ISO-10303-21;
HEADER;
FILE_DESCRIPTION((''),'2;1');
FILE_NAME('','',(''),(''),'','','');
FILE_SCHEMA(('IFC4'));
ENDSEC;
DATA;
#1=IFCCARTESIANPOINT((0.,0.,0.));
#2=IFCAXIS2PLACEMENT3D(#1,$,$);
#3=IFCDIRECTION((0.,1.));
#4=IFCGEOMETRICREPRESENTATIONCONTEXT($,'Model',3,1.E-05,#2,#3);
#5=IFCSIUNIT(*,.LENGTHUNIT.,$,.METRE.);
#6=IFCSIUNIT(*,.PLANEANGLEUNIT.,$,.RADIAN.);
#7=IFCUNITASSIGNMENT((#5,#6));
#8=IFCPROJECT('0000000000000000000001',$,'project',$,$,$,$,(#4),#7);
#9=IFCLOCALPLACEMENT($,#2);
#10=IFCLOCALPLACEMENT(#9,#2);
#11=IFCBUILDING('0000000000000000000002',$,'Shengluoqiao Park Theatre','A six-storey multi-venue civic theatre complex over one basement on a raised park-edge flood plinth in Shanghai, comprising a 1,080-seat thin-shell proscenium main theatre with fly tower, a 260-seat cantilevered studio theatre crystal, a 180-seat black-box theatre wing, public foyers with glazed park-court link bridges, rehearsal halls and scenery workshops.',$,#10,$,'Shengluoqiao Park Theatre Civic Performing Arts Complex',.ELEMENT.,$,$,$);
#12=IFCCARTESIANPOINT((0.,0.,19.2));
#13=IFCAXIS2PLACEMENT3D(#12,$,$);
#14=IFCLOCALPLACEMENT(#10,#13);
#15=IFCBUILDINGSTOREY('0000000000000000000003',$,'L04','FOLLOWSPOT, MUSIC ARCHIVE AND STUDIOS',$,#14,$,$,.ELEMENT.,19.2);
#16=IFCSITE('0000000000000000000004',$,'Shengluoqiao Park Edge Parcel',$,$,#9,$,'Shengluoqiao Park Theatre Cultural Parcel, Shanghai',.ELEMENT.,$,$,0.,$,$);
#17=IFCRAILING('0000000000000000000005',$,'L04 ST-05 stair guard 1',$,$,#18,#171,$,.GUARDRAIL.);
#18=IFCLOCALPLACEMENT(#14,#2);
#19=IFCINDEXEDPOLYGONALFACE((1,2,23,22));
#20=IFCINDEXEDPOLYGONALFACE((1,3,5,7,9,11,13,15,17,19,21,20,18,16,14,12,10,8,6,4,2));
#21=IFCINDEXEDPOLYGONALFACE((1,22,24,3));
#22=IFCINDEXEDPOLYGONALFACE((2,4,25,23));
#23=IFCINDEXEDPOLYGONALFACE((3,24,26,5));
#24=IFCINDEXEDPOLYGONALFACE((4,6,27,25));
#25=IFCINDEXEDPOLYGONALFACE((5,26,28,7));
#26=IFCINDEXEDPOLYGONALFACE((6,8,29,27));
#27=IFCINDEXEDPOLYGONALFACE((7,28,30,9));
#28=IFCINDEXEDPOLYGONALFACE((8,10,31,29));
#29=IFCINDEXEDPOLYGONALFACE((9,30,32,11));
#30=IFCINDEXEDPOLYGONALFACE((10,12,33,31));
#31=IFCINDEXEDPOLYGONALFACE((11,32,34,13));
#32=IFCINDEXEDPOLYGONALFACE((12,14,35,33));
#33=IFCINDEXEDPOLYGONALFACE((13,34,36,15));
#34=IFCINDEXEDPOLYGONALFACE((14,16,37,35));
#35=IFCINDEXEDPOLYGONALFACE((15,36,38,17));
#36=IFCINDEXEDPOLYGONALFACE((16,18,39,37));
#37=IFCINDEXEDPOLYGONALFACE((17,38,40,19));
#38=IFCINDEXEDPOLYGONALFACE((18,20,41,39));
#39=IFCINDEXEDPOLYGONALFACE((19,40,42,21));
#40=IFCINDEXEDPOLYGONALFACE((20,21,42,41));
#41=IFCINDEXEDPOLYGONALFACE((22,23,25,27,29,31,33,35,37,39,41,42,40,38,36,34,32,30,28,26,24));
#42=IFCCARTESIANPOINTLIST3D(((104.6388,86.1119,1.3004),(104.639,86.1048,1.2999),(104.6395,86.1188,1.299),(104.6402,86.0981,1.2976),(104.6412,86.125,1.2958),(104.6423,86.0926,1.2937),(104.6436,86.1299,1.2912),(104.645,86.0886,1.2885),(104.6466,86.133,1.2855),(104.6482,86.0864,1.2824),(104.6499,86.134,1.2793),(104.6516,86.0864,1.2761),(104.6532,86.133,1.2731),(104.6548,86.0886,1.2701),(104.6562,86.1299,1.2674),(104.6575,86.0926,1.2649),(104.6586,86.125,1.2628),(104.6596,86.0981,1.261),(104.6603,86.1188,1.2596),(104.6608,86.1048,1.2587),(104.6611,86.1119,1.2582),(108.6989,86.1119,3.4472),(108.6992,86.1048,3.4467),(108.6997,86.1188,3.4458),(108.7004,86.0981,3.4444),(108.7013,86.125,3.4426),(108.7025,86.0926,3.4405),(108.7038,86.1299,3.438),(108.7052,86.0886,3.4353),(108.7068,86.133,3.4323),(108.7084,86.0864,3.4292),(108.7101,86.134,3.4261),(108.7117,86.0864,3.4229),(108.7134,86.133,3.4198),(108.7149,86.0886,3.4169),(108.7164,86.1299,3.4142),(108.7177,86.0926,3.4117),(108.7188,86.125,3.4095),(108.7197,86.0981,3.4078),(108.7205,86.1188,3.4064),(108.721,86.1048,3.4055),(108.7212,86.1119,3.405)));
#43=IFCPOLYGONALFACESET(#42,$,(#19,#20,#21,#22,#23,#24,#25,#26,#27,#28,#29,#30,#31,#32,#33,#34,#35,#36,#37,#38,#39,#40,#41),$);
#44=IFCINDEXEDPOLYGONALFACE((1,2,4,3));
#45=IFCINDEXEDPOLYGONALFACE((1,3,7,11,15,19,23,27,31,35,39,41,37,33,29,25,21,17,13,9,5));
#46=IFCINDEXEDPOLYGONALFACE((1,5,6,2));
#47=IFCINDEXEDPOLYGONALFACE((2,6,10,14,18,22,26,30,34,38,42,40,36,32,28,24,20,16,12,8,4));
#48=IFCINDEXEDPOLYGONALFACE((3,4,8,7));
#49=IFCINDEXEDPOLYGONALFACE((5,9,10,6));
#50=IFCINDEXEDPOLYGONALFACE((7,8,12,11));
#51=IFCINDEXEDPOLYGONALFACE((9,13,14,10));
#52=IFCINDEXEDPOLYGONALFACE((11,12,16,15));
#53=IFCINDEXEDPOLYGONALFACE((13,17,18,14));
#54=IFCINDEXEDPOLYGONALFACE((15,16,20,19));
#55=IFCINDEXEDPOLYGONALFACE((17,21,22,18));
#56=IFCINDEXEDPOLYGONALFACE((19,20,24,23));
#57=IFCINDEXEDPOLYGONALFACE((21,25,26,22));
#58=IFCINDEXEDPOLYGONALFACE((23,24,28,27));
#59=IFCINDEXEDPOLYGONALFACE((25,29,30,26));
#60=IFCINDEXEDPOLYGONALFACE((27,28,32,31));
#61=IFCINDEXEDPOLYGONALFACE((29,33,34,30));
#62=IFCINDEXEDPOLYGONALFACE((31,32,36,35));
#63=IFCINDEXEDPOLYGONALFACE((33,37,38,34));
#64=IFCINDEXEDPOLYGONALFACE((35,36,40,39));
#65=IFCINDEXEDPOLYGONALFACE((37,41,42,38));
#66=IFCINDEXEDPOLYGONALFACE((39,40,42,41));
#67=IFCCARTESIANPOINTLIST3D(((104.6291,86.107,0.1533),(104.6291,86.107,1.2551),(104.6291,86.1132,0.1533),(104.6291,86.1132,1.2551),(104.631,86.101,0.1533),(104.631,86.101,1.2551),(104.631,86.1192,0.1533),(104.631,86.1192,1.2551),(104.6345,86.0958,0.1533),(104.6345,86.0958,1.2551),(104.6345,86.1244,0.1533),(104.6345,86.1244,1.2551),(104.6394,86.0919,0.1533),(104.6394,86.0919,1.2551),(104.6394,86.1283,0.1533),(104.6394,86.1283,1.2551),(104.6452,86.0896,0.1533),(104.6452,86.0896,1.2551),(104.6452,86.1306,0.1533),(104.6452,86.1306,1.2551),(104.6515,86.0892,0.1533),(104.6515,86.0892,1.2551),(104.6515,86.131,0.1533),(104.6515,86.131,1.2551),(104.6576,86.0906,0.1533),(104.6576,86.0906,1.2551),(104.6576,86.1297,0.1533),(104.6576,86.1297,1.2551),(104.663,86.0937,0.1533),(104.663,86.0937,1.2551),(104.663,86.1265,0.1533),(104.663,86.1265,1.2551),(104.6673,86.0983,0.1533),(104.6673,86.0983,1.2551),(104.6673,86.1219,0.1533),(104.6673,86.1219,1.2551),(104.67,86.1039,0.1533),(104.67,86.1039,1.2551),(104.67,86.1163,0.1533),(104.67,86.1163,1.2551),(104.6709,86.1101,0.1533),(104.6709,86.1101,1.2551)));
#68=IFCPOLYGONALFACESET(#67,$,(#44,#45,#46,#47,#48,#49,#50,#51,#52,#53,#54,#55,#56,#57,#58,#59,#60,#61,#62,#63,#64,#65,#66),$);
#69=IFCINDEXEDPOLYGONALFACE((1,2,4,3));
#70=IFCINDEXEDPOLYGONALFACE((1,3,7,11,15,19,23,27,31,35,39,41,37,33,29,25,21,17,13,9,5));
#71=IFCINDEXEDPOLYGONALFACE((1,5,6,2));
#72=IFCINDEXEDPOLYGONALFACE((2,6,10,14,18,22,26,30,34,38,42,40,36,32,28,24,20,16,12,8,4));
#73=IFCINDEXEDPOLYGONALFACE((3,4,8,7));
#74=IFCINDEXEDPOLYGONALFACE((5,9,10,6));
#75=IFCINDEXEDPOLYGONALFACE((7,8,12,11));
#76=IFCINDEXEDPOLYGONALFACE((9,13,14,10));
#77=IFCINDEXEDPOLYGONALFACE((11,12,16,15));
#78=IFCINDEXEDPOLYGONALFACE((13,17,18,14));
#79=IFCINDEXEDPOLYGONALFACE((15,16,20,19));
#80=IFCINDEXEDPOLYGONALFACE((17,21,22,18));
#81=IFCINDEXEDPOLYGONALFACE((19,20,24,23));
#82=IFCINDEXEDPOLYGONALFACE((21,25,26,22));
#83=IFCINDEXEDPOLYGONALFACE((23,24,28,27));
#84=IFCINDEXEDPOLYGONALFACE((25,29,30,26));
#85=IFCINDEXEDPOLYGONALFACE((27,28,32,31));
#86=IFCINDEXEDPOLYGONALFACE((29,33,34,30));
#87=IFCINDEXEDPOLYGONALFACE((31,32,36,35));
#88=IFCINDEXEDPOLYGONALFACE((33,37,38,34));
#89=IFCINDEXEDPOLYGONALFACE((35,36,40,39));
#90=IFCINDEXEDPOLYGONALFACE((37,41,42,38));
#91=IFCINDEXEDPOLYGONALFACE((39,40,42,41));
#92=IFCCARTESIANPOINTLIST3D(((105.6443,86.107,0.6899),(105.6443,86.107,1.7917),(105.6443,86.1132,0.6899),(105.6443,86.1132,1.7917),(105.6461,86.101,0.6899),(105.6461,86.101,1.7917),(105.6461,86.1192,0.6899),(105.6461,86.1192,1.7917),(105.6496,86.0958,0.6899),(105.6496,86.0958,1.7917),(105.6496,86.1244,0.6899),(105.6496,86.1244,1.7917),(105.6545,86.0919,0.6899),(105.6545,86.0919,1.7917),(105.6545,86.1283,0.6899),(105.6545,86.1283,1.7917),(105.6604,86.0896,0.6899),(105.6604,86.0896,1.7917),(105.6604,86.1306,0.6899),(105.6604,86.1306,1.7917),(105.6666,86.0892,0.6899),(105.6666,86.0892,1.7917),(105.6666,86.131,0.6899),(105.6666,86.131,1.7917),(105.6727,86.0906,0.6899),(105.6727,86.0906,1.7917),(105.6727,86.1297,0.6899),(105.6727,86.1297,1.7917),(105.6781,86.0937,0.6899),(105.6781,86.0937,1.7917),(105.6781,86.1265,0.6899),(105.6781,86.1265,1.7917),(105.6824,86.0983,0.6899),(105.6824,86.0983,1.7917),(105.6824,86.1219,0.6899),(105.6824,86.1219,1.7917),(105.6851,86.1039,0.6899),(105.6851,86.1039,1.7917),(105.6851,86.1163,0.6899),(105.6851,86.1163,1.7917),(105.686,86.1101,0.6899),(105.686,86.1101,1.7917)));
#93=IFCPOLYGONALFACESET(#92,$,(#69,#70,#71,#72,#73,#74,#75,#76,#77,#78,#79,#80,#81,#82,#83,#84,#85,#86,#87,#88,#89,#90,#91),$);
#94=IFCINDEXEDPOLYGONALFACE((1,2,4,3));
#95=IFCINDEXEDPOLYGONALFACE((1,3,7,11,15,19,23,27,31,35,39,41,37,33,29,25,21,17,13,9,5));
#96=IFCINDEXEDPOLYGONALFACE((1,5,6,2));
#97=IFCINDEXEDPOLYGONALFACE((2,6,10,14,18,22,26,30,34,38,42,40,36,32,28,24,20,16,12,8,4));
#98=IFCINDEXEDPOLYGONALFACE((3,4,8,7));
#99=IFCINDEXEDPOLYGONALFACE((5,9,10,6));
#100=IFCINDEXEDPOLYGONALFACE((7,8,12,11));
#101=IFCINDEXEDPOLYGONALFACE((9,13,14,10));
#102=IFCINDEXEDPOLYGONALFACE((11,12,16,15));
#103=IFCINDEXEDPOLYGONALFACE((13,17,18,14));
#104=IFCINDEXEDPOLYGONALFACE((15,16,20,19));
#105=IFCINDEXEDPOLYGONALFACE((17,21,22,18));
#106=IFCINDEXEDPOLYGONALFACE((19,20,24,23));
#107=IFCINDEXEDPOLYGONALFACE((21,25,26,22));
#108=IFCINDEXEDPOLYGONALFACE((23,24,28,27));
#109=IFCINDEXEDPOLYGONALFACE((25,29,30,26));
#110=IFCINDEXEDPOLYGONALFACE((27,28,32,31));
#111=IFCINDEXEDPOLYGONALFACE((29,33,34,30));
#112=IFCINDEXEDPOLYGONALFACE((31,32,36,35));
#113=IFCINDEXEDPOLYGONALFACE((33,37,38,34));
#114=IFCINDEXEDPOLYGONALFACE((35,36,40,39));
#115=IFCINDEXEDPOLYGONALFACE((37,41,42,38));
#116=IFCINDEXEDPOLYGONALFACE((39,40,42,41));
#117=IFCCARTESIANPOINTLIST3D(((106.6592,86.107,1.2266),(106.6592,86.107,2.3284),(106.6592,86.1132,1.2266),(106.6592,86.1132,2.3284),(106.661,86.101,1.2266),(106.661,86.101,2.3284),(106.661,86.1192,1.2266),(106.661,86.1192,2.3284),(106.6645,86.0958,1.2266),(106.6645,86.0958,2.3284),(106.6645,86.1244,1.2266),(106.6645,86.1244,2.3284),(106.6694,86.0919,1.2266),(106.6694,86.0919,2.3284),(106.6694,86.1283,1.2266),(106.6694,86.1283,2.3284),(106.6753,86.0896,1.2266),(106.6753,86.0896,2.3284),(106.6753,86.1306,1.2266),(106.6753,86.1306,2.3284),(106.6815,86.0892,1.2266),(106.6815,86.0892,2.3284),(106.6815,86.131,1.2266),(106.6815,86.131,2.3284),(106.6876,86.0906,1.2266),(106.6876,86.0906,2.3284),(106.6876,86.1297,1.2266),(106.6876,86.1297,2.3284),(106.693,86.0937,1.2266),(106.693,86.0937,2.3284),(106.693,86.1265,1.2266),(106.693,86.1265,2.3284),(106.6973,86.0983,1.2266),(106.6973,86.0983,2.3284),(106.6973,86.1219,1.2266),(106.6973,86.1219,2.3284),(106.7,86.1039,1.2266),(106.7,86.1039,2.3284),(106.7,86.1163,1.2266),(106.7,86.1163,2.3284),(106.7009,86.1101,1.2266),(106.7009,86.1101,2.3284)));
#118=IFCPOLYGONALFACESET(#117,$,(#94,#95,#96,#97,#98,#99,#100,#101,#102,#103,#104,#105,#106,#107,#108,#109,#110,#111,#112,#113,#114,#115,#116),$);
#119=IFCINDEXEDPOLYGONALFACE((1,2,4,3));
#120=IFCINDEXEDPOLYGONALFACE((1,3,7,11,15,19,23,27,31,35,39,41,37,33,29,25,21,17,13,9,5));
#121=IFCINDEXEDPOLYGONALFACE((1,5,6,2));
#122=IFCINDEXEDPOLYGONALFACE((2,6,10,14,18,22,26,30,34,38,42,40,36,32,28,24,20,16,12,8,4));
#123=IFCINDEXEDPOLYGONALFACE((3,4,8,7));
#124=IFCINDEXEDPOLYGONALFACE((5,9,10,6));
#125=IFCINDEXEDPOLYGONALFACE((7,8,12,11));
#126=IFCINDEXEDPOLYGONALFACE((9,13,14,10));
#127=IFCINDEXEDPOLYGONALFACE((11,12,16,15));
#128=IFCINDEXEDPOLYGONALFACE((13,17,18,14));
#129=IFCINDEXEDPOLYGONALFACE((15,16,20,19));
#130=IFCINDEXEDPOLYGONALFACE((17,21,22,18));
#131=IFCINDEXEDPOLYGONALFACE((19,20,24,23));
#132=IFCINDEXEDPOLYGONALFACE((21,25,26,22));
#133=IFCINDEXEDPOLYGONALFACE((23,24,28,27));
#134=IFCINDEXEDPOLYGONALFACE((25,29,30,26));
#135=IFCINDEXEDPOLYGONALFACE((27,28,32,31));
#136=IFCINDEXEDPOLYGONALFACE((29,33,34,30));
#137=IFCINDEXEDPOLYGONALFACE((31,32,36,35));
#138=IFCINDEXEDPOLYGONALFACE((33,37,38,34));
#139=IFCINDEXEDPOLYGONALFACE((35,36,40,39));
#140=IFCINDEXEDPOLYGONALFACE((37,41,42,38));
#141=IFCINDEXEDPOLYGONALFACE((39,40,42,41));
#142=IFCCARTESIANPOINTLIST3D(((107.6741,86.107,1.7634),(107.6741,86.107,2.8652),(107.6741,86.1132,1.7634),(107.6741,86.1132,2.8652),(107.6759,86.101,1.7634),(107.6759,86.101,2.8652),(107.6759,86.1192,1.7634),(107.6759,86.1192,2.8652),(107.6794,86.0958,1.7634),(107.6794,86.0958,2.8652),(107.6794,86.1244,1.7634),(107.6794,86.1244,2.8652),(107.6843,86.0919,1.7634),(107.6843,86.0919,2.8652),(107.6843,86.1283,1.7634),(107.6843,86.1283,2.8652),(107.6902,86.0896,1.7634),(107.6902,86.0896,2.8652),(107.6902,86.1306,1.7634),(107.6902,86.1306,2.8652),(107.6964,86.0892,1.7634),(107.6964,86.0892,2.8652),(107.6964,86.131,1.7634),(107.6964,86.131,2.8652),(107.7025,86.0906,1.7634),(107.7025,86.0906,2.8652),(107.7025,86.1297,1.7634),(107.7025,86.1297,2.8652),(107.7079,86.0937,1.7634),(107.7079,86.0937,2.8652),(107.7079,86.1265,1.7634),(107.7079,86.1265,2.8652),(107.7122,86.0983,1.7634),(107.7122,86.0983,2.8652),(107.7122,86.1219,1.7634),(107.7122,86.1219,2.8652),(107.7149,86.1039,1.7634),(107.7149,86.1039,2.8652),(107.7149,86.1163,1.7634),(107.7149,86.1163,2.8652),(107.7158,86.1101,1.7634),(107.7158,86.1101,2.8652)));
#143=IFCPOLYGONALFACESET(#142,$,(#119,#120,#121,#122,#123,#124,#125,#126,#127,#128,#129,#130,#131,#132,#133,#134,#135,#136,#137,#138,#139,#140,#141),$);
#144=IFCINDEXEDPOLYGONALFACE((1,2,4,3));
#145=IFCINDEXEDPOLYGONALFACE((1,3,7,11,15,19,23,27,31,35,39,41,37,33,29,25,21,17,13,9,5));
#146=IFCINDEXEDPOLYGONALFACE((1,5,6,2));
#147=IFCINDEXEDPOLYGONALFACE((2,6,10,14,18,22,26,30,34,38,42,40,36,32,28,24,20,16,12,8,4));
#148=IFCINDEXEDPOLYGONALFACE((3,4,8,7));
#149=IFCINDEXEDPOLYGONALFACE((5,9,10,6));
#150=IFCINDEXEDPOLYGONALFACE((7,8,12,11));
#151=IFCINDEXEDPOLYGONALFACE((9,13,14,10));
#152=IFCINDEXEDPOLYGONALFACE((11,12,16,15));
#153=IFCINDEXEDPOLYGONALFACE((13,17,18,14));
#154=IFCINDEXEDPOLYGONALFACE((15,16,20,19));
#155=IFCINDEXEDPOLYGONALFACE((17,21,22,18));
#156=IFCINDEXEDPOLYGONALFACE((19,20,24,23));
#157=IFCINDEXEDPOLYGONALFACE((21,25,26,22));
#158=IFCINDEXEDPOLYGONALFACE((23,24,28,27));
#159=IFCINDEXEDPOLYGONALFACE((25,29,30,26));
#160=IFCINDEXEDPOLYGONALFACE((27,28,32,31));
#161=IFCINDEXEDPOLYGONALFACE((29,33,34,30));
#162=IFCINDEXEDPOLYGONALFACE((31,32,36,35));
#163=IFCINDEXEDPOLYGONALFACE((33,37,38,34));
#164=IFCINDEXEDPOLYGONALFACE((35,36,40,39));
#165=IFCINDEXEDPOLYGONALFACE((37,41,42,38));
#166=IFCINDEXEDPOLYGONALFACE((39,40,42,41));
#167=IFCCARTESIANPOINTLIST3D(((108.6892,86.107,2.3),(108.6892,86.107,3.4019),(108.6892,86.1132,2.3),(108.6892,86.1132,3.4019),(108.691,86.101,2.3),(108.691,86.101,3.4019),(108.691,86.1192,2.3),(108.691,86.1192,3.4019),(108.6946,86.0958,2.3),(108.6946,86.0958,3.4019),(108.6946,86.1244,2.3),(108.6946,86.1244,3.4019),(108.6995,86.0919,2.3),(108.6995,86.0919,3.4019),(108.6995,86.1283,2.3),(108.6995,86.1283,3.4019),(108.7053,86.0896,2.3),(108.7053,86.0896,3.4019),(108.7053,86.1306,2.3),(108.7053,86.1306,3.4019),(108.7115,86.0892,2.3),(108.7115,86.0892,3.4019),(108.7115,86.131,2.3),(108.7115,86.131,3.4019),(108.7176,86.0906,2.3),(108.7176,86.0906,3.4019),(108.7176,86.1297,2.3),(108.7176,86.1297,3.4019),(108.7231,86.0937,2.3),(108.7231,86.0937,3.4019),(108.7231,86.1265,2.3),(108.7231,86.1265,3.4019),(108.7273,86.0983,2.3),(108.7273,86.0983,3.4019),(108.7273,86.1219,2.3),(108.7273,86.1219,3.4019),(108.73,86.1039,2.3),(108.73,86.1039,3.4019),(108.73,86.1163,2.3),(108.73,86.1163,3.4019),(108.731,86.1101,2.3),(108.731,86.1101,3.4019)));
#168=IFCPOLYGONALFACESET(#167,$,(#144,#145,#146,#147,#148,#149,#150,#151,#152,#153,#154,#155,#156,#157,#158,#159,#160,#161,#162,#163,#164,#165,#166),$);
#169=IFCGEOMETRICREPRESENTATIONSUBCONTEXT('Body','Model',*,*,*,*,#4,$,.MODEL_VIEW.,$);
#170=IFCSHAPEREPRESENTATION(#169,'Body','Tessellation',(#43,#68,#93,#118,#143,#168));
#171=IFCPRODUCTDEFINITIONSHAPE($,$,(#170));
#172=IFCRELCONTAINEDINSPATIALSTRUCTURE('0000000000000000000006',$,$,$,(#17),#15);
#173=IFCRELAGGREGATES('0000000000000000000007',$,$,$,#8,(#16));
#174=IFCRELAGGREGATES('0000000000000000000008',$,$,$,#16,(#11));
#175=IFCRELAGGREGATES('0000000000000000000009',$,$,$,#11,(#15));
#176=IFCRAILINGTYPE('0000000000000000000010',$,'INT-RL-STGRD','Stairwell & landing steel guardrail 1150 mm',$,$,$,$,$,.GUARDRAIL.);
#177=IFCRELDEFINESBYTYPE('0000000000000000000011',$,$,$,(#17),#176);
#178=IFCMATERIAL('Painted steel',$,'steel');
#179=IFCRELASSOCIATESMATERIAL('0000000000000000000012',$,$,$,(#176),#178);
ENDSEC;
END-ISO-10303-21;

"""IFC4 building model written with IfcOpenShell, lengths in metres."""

from ifc_helpers import new_model, si_unit, direction, frame, origin, origin_2d, place, context, subcontext, project, spatial, circle, extrude, material, type_object, element, save


model = new_model("IFC4")

# Units and contexts
model_context = context("Model", 3, precision=1e-05, world=origin(), true_north=direction((0.0, 1.0)))
body_context = subcontext(model_context, "Body", "Model", "MODEL_VIEW")
ifc_project = project(units=[si_unit("LENGTHUNIT", "METRE"), si_unit("PLANEANGLEUNIT", "RADIAN")], contexts=[model_context])

# Site, building, storey
site_placement = place(None, origin())
site = spatial("IfcSite", under=ifc_project, at=site_placement, Name="Shengluoqiao Park Edge Parcel", LongName="Shengluoqiao Park Theatre Cultural Parcel, Shanghai", CompositionType="ELEMENT", RefElevation=0.0)
building_placement = place(site_placement, origin())
building = spatial("IfcBuilding", under=site, at=building_placement, Name="Shengluoqiao Park Theatre", Description="A six-storey multi-venue civic theatre complex over one basement on a raised park-edge flood plinth in Shanghai, comprising a 1,080-seat thin-shell proscenium main theatre with fly tower, a 260-seat cantilevered studio theatre crystal, a 180-seat black-box theatre wing, public foyers with glazed park-court link bridges, rehearsal halls and scenery workshops.", LongName="Shengluoqiao Park Theatre Civic Performing Arts Complex", CompositionType="ELEMENT")
storey_placement = place(building_placement, frame((0.0, 0.0, 19.2)))
storey = spatial("IfcBuildingStorey", under=building, at=storey_placement, Name="L04", Description="FOLLOWSPOT, MUSIC ARCHIVE AND STUDIOS", CompositionType="ELEMENT", Elevation=19.2)

# Railing
ifc_material_1 = material(Name="Painted steel", Category="steel")
railing_type_1 = type_object("IfcRailingType", Name="INT-RL-STGRD", Description="Stairwell & landing steel guardrail 1150 mm", PredefinedType="GUARDRAIL", material=ifc_material_1)
railing_1_placement = place(storey_placement, frame((104.6499, 86.1101, 0.1533)))
element("IfcRailing", 1, at=railing_1_placement, inside=storey, type_object=railing_type_1, Name="L04 ST-05 stair guard 1", PredefinedType="GUARDRAIL", context=body_context, shape_type="SweptSolid", body=[
    extrude(circle(Radius=0.0239, at=origin_2d()), frame((0.0, 0.0, 1.126), z_axis=(0.884032, 0.0, 0.467426), x_axis=(0.0, 1.0, 0.0)), (0.0, 0.0, 1.0), 4.5928),
    extrude(circle(Radius=0.021, at=origin_2d()), origin(), (0.0, 0.0, 1.0), 1.1018),
    extrude(circle(Radius=0.021, at=origin_2d()), frame((1.0151, 0.0, 0.5366)), (0.0, 0.0, 1.0), 1.1018),
    extrude(circle(Radius=0.021, at=origin_2d()), frame((2.03, 0.0, 1.0732)), (0.0, 0.0, 1.0), 1.1018),
    extrude(circle(Radius=0.021, at=origin_2d()), frame((3.0449, 0.0, 1.6101)), (0.0, 0.0, 1.0), 1.1018),
    extrude(circle(Radius=0.021, at=origin_2d()), frame((4.0601, 0.0, 2.1467)), (0.0, 0.0, 1.0), 1.1018),
])

save(model, "model.ifc")
